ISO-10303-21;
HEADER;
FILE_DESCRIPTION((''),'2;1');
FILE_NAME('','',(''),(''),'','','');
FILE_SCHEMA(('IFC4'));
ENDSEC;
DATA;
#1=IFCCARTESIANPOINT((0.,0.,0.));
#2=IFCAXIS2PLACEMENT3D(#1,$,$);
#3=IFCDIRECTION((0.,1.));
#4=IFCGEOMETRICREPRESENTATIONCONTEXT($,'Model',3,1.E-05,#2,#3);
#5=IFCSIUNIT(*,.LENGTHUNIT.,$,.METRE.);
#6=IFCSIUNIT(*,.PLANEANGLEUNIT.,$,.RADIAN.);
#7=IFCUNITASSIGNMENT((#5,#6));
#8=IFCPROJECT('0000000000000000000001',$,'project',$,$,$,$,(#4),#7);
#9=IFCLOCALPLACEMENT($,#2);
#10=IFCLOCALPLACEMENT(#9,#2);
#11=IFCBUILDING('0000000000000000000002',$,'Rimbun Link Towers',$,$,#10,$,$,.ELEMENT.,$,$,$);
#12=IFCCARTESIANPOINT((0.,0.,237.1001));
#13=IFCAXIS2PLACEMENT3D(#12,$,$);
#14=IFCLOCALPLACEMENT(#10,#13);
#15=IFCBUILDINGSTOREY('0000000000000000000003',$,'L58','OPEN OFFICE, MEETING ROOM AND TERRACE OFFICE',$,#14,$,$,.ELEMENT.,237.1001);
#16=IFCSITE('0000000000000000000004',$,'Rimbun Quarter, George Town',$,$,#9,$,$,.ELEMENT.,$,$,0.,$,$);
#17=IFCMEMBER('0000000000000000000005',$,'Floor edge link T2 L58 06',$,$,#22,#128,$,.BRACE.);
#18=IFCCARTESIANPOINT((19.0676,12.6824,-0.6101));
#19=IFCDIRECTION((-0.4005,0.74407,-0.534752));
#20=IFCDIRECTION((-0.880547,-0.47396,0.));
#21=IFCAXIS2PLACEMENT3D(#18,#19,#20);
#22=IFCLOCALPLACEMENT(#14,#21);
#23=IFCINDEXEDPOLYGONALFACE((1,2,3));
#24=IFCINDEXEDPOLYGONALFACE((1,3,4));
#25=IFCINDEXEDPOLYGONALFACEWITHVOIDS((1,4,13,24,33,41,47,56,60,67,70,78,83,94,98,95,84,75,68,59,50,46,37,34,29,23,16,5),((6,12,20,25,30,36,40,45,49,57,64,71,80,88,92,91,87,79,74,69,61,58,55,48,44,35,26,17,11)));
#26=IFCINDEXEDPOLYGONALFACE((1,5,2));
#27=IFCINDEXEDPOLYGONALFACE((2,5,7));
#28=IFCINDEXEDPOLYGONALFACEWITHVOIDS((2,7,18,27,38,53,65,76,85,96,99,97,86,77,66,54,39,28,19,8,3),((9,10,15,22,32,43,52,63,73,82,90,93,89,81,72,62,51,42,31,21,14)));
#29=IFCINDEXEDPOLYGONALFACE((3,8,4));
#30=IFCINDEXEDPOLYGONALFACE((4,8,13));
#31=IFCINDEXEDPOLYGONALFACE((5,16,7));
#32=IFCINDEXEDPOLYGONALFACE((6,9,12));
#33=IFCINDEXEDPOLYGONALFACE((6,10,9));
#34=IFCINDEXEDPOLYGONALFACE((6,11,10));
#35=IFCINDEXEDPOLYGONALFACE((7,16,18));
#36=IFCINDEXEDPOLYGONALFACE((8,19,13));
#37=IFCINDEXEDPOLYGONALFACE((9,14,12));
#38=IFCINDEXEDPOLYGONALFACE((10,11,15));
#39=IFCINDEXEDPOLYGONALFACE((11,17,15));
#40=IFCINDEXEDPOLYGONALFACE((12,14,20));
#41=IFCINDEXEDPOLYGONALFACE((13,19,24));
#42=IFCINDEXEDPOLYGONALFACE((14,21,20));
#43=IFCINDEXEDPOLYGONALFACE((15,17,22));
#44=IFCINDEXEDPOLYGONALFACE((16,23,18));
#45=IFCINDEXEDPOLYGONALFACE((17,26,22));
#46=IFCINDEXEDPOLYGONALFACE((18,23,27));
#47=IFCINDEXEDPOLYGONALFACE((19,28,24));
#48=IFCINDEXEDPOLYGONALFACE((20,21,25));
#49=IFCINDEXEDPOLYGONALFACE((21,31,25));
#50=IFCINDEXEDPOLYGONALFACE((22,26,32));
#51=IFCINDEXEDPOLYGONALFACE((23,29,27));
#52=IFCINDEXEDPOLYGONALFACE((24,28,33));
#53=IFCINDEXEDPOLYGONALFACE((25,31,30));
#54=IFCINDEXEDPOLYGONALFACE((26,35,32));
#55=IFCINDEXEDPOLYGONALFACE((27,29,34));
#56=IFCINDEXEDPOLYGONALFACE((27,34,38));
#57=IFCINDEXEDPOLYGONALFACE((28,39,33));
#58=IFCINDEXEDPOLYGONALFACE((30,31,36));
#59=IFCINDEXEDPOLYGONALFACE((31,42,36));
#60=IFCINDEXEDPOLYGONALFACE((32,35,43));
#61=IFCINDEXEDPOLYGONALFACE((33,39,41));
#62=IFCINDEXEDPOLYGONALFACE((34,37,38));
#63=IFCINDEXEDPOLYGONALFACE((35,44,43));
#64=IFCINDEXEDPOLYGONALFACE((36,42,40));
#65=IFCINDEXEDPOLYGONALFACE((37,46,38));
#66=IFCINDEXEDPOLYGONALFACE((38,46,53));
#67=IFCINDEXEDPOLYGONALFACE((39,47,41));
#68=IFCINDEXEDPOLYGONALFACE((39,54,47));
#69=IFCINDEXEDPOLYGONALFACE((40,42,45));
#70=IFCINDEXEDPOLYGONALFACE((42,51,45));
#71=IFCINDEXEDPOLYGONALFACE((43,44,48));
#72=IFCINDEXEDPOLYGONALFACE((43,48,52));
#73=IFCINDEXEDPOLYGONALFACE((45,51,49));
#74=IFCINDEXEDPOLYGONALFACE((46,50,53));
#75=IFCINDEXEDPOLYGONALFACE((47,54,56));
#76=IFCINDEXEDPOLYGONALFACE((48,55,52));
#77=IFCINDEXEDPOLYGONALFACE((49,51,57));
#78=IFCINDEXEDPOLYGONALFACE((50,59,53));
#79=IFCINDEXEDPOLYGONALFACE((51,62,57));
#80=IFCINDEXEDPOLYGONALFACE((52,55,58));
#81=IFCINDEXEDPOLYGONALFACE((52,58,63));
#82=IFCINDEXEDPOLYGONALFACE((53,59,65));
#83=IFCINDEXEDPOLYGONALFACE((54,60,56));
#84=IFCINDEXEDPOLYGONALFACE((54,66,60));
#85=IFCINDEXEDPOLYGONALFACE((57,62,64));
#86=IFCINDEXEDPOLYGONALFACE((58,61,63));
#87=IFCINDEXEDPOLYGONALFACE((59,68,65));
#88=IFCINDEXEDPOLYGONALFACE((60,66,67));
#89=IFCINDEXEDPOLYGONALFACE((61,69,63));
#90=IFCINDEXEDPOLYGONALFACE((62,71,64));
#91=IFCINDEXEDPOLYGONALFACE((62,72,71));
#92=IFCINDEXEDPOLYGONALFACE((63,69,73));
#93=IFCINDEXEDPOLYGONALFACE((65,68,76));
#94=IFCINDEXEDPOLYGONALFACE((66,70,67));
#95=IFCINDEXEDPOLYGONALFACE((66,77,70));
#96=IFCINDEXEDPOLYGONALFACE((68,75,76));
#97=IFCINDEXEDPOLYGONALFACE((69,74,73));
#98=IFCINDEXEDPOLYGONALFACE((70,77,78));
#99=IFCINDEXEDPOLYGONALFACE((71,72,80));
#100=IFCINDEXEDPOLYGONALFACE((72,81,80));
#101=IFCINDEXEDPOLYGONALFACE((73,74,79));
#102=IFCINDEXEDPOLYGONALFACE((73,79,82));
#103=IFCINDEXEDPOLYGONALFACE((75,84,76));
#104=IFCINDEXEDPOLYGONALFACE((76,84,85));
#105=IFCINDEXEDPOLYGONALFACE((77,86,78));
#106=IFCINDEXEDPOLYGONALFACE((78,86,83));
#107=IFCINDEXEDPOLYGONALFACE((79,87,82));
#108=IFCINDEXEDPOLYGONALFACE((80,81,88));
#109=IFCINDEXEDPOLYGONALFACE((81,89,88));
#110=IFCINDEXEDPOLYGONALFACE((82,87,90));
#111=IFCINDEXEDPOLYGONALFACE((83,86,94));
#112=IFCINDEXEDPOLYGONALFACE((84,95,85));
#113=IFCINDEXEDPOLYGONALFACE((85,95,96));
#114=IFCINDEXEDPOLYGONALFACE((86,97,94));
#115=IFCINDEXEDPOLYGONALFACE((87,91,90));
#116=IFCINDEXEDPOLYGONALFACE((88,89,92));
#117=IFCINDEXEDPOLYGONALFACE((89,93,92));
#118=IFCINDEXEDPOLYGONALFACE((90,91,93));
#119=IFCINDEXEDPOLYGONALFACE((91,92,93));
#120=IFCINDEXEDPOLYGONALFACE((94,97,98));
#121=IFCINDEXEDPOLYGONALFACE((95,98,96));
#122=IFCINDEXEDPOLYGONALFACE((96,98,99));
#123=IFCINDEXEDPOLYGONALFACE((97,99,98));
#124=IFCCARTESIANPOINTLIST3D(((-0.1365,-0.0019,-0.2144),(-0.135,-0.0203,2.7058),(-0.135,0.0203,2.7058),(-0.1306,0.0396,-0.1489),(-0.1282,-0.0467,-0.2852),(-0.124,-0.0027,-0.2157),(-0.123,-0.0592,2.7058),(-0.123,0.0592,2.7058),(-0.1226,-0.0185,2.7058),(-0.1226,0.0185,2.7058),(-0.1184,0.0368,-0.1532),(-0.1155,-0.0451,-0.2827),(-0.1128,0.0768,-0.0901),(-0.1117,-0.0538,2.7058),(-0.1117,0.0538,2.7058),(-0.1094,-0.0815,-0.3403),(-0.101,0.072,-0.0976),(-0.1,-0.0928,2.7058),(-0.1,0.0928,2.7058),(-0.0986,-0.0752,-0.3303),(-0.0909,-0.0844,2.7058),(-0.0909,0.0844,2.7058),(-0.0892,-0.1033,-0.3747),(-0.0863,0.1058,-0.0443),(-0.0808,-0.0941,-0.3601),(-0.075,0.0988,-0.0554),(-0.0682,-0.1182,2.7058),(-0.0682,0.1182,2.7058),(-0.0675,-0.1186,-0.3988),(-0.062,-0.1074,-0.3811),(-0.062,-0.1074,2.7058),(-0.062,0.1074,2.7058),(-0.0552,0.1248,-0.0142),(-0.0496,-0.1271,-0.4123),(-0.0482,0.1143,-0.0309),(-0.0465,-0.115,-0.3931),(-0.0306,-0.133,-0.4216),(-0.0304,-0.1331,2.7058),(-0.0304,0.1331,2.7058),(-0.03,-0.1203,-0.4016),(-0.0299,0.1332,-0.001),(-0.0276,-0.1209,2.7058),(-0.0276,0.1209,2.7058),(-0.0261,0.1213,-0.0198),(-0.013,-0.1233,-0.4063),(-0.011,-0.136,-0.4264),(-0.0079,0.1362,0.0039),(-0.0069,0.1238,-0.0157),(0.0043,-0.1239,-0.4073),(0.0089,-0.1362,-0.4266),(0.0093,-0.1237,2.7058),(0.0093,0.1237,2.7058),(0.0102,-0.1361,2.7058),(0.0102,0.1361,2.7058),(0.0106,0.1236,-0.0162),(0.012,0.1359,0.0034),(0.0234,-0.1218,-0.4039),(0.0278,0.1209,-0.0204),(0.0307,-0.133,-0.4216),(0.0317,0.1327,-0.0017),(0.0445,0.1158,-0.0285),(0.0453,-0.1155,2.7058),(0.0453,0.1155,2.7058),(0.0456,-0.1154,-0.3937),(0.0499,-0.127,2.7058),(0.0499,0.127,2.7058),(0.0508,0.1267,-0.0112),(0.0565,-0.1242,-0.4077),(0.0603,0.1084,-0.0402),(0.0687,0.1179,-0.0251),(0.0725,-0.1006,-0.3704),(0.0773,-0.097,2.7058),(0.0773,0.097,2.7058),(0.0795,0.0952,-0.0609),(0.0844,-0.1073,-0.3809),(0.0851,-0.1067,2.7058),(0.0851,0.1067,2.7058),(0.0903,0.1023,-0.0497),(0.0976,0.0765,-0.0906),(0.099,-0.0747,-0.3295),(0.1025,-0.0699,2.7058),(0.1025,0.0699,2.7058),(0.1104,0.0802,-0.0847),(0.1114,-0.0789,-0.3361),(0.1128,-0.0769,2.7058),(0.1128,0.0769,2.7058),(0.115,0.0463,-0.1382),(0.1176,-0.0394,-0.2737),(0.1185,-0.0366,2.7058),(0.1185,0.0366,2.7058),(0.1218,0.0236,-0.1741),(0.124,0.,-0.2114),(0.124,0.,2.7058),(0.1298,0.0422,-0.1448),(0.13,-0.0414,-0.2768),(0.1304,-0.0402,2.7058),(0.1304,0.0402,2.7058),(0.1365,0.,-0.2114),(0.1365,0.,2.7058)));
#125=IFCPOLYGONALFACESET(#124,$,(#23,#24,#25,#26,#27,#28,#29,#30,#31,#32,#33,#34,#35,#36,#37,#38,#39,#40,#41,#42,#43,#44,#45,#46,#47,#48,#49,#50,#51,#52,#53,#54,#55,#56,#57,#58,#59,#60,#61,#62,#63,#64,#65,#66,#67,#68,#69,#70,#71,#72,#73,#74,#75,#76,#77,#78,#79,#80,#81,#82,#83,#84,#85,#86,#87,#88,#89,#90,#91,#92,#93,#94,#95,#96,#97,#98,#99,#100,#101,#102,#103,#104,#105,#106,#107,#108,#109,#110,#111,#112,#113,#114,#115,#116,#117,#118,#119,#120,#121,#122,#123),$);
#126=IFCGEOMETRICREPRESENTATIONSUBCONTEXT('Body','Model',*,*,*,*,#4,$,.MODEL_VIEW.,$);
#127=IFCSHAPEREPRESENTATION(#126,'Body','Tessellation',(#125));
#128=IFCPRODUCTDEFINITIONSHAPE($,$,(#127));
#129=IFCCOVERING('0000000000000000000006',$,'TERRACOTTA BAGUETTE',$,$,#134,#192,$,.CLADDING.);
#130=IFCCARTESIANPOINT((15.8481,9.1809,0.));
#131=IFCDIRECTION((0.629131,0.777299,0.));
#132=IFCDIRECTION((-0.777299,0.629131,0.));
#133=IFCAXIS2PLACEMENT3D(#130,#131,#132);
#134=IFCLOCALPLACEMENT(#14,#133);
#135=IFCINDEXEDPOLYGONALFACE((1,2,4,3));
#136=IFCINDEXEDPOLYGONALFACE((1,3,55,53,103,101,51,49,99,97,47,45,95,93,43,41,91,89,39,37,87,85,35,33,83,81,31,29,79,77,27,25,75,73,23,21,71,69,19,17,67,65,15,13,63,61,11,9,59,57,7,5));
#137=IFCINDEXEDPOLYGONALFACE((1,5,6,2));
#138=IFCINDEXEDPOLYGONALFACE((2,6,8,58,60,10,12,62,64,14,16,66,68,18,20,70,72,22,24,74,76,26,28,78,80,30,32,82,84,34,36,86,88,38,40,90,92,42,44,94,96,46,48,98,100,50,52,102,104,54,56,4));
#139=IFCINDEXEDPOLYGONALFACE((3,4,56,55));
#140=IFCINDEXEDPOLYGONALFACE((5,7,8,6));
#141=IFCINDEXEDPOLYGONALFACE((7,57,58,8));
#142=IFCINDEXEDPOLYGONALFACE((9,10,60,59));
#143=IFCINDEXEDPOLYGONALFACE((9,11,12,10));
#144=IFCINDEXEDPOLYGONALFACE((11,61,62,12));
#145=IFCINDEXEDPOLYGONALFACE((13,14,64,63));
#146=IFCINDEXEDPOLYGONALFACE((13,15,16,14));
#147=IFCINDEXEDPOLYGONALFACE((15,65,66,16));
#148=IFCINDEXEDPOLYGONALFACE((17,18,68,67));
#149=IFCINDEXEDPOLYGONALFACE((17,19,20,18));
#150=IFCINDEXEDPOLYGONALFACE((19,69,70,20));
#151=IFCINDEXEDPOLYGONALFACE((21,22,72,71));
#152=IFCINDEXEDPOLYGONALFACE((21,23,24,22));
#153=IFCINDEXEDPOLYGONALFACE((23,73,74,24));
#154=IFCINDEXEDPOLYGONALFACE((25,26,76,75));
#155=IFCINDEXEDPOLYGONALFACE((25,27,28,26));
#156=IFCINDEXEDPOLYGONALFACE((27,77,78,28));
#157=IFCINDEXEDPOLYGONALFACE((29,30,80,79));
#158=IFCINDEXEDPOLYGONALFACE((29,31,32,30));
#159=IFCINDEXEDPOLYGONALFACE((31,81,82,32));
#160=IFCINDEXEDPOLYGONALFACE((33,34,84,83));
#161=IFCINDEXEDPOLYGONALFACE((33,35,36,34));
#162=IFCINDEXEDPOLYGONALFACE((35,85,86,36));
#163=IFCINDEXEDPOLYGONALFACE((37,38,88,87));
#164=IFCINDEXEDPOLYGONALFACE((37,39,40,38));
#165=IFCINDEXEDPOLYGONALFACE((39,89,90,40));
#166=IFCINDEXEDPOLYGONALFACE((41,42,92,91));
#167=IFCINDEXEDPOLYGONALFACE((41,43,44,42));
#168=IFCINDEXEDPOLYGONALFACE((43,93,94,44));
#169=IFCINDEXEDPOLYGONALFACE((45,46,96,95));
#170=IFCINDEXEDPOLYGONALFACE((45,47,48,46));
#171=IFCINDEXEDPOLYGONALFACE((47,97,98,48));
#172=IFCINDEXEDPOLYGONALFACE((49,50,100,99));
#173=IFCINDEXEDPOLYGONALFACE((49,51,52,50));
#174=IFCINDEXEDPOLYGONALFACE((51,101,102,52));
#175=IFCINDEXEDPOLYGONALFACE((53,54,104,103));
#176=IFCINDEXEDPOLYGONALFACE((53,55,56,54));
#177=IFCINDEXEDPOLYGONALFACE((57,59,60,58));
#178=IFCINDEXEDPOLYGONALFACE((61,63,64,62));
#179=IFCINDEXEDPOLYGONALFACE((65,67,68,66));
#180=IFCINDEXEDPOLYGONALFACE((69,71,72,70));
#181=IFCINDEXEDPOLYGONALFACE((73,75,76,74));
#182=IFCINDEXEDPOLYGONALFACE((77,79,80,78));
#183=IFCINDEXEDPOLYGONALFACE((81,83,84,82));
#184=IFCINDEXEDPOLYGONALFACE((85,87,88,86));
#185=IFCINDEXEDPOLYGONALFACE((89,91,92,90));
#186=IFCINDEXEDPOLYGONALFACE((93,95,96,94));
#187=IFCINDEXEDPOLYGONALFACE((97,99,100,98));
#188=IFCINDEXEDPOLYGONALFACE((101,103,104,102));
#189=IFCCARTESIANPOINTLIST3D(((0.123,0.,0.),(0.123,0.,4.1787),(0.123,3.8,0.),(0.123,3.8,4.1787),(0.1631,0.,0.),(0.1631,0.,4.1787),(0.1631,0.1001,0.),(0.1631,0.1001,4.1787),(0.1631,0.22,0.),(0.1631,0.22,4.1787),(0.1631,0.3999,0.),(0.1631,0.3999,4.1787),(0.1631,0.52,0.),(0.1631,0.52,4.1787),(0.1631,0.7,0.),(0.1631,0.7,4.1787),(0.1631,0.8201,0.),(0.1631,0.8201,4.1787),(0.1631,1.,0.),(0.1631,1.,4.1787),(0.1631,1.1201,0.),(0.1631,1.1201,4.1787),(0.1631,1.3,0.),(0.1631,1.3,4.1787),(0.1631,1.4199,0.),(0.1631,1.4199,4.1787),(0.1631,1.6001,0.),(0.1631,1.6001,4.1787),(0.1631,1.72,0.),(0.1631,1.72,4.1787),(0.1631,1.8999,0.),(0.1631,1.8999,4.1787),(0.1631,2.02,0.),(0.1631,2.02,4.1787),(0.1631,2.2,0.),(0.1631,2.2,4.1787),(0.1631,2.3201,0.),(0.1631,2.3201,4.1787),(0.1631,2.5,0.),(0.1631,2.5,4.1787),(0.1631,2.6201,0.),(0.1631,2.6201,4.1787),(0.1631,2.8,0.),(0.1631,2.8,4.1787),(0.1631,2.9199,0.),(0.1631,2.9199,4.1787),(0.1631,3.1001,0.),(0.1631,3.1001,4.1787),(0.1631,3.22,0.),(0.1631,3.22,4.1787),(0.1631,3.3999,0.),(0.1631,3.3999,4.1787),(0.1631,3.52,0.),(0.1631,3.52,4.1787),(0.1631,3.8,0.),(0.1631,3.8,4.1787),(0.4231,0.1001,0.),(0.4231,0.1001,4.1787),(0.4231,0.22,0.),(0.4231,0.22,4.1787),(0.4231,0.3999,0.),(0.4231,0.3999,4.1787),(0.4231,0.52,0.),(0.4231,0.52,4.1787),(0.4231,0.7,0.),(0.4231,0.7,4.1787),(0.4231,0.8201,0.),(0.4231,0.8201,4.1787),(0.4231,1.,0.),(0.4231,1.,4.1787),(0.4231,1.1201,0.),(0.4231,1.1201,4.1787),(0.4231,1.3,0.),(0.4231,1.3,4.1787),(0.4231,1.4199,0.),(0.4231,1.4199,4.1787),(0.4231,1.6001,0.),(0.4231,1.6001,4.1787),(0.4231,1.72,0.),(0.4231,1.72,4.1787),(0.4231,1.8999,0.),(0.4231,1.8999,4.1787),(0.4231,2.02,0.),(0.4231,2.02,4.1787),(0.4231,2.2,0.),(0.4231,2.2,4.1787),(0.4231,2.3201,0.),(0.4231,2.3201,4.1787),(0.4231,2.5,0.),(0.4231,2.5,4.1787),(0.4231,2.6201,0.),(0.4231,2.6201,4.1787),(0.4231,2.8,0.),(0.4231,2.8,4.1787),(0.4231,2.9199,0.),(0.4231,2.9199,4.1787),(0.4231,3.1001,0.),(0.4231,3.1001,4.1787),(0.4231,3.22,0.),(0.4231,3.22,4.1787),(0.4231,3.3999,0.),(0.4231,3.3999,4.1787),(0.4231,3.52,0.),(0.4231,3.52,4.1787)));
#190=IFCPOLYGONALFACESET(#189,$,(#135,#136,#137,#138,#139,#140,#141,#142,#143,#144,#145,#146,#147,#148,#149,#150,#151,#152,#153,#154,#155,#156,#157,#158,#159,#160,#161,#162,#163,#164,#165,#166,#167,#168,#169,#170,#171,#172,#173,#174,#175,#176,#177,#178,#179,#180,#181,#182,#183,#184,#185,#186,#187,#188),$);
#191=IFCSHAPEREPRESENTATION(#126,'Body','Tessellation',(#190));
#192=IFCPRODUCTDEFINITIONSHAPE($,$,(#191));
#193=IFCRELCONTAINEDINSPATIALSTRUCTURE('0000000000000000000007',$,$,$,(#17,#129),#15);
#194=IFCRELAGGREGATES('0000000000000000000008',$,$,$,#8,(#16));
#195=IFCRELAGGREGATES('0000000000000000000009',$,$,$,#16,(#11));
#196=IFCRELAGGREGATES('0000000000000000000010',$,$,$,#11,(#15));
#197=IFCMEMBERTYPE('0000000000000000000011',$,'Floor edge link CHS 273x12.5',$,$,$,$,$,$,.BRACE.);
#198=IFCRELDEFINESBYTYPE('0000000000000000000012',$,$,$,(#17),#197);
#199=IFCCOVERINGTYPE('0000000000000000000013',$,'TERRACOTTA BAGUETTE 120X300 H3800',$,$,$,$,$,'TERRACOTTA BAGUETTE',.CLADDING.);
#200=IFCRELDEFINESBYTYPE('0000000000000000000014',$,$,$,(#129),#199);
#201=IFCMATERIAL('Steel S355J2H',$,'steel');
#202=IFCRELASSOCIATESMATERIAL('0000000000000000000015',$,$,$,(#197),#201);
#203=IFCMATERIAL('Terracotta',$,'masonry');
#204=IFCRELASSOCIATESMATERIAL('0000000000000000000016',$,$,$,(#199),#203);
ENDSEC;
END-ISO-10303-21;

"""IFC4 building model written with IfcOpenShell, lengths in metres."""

from ifc_helpers import new_model, si_unit, direction, frame, origin, origin_2d, place, context, subcontext, project, spatial, polyline, hollow_circle, outline, extrude, clip, halfspace, material, material_profile, profile_set, type_object, element, save


model = new_model("IFC4")

# Units and contexts
model_context = context("Model", 3, precision=1e-05, world=origin(), true_north=direction((0.0, 1.0)))
body_context = subcontext(model_context, "Body", "Model", "MODEL_VIEW")
ifc_project = project(units=[si_unit("LENGTHUNIT", "METRE"), si_unit("PLANEANGLEUNIT", "RADIAN")], contexts=[model_context])

# Site, building, storey
site_placement = place(None, origin())
site = spatial("IfcSite", under=ifc_project, at=site_placement, Name="Rimbun Quarter, George Town", CompositionType="ELEMENT", RefElevation=0.0)
building_placement = place(site_placement, origin())
building = spatial("IfcBuilding", under=site, at=building_placement, Name="Rimbun Link Towers", CompositionType="ELEMENT")
storey_placement = place(building_placement, frame((0.0, 0.0, 237.1001)))
storey = spatial("IfcBuildingStorey", under=building, at=storey_placement, Name="L58", Description="OPEN OFFICE, MEETING ROOM AND TERRACE OFFICE", CompositionType="ELEMENT", Elevation=237.1001)

# Member
ifc_material_1 = material(Name="Steel S355J2H", Category="steel")
ifc_material_profile_1 = material_profile(ifc_material_1, hollow_circle(Radius=0.1365, WallThickness=0.0125, at=origin_2d()), Name="CHS 273x12.5")
ifc_profile_set_1 = profile_set([ifc_material_profile_1], Name="Steel S355J2H")
member_type_1 = type_object("IfcMemberType", Name="Floor edge link CHS 273x12.5", PredefinedType="BRACE", material=ifc_profile_set_1)
member_1_placement = place(storey_placement, frame((19.0676, 12.6824, -0.6101), z_axis=(-0.4005, 0.74407, -0.534752), x_axis=(-0.880547, -0.47396, 0.0)))
element("IfcMember", 1, at=member_1_placement, inside=storey, type_object=member_type_1, Name="Floor edge link T2 L58 06", PredefinedType="BRACE", context=body_context, shape_type="Clipping", body=[
    clip(extrude(hollow_circle(Radius=0.1365, WallThickness=0.0125, at=origin_2d()), frame((0.0, 0.0, -0.4502)), (0.0, 0.0, 1.0), 3.156), halfspace(frame((0.0, 0.0, -0.2114), z_axis=(0.0, 0.845009, -0.534752)), False)),
])

# Covering
ifc_material_2 = material(Name="Terracotta", Category="masonry")
ifc_material_profile_2 = material_profile(ifc_material_2, outline(polyline([(0.123, 0.0), (0.1631, 0.0), (0.1631, 0.1001), (0.4231, 0.1001), (0.4231, 0.22), (0.1631, 0.22), (0.1631, 0.3999), (0.4231, 0.3999), (0.4231, 0.52), (0.1631, 0.52), (0.1631, 0.7), (0.4231, 0.7), (0.4231, 0.8201), (0.1631, 0.8201), (0.1631, 1.0), (0.4231, 1.0), (0.4231, 1.1201), (0.1631, 1.1201), (0.1631, 1.3), (0.4231, 1.3), (0.4231, 1.4199), (0.1631, 1.4199), (0.1631, 1.6001), (0.4231, 1.6001), (0.4231, 1.72), (0.1631, 1.72), (0.1631, 1.8999), (0.4231, 1.8999), (0.4231, 2.02), (0.1631, 2.02), (0.1631, 2.2), (0.4231, 2.2), (0.4231, 2.3201), (0.1631, 2.3201), (0.1631, 2.5), (0.4231, 2.5), (0.4231, 2.6201), (0.1631, 2.6201), (0.1631, 2.8), (0.4231, 2.8), (0.4231, 2.9199), (0.1631, 2.9199), (0.1631, 3.1001), (0.4231, 3.1001), (0.4231, 3.22), (0.1631, 3.22), (0.1631, 3.3999), (0.4231, 3.3999), (0.4231, 3.52), (0.1631, 3.52), (0.1631, 3.8), (0.123, 3.8), (0.123, 0.0)])), Name="BAGUETTE 120X300")
ifc_profile_set_2 = profile_set([ifc_material_profile_2], Name="Terracotta")
covering_type = type_object("IfcCoveringType", Name="TERRACOTTA BAGUETTE 120X300 H3800", ElementType="TERRACOTTA BAGUETTE", PredefinedType="CLADDING", material=ifc_profile_set_2)
covering_placement = place(storey_placement, frame((15.8481, 9.1809, 0.0), z_axis=(0.629131, 0.777299, 0.0), x_axis=(-0.777299, 0.629131, 0.0)))
element("IfcCovering", 2, at=covering_placement, inside=storey, type_object=covering_type, Name="TERRACOTTA BAGUETTE", PredefinedType="CLADDING", context=body_context, shape_type="SweptSolid", body=[
    extrude(outline(polyline([(0.123, 0.0), (0.1631, 0.0), (0.1631, 0.1001), (0.4231, 0.1001), (0.4231, 0.22), (0.1631, 0.22), (0.1631, 0.3999), (0.4231, 0.3999), (0.4231, 0.52), (0.1631, 0.52), (0.1631, 0.7), (0.4231, 0.7), (0.4231, 0.8201), (0.1631, 0.8201), (0.1631, 1.0), (0.4231, 1.0), (0.4231, 1.1201), (0.1631, 1.1201), (0.1631, 1.3), (0.4231, 1.3), (0.4231, 1.4199), (0.1631, 1.4199), (0.1631, 1.6001), (0.4231, 1.6001), (0.4231, 1.72), (0.1631, 1.72), (0.1631, 1.8999), (0.4231, 1.8999), (0.4231, 2.02), (0.1631, 2.02), (0.1631, 2.2), (0.4231, 2.2), (0.4231, 2.3201), (0.1631, 2.3201), (0.1631, 2.5), (0.4231, 2.5), (0.4231, 2.6201), (0.1631, 2.6201), (0.1631, 2.8), (0.4231, 2.8), (0.4231, 2.9199), (0.1631, 2.9199), (0.1631, 3.1001), (0.4231, 3.1001), (0.4231, 3.22), (0.1631, 3.22), (0.1631, 3.3999), (0.4231, 3.3999), (0.4231, 3.52), (0.1631, 3.52), (0.1631, 3.8), (0.123, 3.8), (0.123, 0.0)])), origin(), (0.0, 0.0, 1.0), 4.1787),
])

save(model, "model.ifc")
